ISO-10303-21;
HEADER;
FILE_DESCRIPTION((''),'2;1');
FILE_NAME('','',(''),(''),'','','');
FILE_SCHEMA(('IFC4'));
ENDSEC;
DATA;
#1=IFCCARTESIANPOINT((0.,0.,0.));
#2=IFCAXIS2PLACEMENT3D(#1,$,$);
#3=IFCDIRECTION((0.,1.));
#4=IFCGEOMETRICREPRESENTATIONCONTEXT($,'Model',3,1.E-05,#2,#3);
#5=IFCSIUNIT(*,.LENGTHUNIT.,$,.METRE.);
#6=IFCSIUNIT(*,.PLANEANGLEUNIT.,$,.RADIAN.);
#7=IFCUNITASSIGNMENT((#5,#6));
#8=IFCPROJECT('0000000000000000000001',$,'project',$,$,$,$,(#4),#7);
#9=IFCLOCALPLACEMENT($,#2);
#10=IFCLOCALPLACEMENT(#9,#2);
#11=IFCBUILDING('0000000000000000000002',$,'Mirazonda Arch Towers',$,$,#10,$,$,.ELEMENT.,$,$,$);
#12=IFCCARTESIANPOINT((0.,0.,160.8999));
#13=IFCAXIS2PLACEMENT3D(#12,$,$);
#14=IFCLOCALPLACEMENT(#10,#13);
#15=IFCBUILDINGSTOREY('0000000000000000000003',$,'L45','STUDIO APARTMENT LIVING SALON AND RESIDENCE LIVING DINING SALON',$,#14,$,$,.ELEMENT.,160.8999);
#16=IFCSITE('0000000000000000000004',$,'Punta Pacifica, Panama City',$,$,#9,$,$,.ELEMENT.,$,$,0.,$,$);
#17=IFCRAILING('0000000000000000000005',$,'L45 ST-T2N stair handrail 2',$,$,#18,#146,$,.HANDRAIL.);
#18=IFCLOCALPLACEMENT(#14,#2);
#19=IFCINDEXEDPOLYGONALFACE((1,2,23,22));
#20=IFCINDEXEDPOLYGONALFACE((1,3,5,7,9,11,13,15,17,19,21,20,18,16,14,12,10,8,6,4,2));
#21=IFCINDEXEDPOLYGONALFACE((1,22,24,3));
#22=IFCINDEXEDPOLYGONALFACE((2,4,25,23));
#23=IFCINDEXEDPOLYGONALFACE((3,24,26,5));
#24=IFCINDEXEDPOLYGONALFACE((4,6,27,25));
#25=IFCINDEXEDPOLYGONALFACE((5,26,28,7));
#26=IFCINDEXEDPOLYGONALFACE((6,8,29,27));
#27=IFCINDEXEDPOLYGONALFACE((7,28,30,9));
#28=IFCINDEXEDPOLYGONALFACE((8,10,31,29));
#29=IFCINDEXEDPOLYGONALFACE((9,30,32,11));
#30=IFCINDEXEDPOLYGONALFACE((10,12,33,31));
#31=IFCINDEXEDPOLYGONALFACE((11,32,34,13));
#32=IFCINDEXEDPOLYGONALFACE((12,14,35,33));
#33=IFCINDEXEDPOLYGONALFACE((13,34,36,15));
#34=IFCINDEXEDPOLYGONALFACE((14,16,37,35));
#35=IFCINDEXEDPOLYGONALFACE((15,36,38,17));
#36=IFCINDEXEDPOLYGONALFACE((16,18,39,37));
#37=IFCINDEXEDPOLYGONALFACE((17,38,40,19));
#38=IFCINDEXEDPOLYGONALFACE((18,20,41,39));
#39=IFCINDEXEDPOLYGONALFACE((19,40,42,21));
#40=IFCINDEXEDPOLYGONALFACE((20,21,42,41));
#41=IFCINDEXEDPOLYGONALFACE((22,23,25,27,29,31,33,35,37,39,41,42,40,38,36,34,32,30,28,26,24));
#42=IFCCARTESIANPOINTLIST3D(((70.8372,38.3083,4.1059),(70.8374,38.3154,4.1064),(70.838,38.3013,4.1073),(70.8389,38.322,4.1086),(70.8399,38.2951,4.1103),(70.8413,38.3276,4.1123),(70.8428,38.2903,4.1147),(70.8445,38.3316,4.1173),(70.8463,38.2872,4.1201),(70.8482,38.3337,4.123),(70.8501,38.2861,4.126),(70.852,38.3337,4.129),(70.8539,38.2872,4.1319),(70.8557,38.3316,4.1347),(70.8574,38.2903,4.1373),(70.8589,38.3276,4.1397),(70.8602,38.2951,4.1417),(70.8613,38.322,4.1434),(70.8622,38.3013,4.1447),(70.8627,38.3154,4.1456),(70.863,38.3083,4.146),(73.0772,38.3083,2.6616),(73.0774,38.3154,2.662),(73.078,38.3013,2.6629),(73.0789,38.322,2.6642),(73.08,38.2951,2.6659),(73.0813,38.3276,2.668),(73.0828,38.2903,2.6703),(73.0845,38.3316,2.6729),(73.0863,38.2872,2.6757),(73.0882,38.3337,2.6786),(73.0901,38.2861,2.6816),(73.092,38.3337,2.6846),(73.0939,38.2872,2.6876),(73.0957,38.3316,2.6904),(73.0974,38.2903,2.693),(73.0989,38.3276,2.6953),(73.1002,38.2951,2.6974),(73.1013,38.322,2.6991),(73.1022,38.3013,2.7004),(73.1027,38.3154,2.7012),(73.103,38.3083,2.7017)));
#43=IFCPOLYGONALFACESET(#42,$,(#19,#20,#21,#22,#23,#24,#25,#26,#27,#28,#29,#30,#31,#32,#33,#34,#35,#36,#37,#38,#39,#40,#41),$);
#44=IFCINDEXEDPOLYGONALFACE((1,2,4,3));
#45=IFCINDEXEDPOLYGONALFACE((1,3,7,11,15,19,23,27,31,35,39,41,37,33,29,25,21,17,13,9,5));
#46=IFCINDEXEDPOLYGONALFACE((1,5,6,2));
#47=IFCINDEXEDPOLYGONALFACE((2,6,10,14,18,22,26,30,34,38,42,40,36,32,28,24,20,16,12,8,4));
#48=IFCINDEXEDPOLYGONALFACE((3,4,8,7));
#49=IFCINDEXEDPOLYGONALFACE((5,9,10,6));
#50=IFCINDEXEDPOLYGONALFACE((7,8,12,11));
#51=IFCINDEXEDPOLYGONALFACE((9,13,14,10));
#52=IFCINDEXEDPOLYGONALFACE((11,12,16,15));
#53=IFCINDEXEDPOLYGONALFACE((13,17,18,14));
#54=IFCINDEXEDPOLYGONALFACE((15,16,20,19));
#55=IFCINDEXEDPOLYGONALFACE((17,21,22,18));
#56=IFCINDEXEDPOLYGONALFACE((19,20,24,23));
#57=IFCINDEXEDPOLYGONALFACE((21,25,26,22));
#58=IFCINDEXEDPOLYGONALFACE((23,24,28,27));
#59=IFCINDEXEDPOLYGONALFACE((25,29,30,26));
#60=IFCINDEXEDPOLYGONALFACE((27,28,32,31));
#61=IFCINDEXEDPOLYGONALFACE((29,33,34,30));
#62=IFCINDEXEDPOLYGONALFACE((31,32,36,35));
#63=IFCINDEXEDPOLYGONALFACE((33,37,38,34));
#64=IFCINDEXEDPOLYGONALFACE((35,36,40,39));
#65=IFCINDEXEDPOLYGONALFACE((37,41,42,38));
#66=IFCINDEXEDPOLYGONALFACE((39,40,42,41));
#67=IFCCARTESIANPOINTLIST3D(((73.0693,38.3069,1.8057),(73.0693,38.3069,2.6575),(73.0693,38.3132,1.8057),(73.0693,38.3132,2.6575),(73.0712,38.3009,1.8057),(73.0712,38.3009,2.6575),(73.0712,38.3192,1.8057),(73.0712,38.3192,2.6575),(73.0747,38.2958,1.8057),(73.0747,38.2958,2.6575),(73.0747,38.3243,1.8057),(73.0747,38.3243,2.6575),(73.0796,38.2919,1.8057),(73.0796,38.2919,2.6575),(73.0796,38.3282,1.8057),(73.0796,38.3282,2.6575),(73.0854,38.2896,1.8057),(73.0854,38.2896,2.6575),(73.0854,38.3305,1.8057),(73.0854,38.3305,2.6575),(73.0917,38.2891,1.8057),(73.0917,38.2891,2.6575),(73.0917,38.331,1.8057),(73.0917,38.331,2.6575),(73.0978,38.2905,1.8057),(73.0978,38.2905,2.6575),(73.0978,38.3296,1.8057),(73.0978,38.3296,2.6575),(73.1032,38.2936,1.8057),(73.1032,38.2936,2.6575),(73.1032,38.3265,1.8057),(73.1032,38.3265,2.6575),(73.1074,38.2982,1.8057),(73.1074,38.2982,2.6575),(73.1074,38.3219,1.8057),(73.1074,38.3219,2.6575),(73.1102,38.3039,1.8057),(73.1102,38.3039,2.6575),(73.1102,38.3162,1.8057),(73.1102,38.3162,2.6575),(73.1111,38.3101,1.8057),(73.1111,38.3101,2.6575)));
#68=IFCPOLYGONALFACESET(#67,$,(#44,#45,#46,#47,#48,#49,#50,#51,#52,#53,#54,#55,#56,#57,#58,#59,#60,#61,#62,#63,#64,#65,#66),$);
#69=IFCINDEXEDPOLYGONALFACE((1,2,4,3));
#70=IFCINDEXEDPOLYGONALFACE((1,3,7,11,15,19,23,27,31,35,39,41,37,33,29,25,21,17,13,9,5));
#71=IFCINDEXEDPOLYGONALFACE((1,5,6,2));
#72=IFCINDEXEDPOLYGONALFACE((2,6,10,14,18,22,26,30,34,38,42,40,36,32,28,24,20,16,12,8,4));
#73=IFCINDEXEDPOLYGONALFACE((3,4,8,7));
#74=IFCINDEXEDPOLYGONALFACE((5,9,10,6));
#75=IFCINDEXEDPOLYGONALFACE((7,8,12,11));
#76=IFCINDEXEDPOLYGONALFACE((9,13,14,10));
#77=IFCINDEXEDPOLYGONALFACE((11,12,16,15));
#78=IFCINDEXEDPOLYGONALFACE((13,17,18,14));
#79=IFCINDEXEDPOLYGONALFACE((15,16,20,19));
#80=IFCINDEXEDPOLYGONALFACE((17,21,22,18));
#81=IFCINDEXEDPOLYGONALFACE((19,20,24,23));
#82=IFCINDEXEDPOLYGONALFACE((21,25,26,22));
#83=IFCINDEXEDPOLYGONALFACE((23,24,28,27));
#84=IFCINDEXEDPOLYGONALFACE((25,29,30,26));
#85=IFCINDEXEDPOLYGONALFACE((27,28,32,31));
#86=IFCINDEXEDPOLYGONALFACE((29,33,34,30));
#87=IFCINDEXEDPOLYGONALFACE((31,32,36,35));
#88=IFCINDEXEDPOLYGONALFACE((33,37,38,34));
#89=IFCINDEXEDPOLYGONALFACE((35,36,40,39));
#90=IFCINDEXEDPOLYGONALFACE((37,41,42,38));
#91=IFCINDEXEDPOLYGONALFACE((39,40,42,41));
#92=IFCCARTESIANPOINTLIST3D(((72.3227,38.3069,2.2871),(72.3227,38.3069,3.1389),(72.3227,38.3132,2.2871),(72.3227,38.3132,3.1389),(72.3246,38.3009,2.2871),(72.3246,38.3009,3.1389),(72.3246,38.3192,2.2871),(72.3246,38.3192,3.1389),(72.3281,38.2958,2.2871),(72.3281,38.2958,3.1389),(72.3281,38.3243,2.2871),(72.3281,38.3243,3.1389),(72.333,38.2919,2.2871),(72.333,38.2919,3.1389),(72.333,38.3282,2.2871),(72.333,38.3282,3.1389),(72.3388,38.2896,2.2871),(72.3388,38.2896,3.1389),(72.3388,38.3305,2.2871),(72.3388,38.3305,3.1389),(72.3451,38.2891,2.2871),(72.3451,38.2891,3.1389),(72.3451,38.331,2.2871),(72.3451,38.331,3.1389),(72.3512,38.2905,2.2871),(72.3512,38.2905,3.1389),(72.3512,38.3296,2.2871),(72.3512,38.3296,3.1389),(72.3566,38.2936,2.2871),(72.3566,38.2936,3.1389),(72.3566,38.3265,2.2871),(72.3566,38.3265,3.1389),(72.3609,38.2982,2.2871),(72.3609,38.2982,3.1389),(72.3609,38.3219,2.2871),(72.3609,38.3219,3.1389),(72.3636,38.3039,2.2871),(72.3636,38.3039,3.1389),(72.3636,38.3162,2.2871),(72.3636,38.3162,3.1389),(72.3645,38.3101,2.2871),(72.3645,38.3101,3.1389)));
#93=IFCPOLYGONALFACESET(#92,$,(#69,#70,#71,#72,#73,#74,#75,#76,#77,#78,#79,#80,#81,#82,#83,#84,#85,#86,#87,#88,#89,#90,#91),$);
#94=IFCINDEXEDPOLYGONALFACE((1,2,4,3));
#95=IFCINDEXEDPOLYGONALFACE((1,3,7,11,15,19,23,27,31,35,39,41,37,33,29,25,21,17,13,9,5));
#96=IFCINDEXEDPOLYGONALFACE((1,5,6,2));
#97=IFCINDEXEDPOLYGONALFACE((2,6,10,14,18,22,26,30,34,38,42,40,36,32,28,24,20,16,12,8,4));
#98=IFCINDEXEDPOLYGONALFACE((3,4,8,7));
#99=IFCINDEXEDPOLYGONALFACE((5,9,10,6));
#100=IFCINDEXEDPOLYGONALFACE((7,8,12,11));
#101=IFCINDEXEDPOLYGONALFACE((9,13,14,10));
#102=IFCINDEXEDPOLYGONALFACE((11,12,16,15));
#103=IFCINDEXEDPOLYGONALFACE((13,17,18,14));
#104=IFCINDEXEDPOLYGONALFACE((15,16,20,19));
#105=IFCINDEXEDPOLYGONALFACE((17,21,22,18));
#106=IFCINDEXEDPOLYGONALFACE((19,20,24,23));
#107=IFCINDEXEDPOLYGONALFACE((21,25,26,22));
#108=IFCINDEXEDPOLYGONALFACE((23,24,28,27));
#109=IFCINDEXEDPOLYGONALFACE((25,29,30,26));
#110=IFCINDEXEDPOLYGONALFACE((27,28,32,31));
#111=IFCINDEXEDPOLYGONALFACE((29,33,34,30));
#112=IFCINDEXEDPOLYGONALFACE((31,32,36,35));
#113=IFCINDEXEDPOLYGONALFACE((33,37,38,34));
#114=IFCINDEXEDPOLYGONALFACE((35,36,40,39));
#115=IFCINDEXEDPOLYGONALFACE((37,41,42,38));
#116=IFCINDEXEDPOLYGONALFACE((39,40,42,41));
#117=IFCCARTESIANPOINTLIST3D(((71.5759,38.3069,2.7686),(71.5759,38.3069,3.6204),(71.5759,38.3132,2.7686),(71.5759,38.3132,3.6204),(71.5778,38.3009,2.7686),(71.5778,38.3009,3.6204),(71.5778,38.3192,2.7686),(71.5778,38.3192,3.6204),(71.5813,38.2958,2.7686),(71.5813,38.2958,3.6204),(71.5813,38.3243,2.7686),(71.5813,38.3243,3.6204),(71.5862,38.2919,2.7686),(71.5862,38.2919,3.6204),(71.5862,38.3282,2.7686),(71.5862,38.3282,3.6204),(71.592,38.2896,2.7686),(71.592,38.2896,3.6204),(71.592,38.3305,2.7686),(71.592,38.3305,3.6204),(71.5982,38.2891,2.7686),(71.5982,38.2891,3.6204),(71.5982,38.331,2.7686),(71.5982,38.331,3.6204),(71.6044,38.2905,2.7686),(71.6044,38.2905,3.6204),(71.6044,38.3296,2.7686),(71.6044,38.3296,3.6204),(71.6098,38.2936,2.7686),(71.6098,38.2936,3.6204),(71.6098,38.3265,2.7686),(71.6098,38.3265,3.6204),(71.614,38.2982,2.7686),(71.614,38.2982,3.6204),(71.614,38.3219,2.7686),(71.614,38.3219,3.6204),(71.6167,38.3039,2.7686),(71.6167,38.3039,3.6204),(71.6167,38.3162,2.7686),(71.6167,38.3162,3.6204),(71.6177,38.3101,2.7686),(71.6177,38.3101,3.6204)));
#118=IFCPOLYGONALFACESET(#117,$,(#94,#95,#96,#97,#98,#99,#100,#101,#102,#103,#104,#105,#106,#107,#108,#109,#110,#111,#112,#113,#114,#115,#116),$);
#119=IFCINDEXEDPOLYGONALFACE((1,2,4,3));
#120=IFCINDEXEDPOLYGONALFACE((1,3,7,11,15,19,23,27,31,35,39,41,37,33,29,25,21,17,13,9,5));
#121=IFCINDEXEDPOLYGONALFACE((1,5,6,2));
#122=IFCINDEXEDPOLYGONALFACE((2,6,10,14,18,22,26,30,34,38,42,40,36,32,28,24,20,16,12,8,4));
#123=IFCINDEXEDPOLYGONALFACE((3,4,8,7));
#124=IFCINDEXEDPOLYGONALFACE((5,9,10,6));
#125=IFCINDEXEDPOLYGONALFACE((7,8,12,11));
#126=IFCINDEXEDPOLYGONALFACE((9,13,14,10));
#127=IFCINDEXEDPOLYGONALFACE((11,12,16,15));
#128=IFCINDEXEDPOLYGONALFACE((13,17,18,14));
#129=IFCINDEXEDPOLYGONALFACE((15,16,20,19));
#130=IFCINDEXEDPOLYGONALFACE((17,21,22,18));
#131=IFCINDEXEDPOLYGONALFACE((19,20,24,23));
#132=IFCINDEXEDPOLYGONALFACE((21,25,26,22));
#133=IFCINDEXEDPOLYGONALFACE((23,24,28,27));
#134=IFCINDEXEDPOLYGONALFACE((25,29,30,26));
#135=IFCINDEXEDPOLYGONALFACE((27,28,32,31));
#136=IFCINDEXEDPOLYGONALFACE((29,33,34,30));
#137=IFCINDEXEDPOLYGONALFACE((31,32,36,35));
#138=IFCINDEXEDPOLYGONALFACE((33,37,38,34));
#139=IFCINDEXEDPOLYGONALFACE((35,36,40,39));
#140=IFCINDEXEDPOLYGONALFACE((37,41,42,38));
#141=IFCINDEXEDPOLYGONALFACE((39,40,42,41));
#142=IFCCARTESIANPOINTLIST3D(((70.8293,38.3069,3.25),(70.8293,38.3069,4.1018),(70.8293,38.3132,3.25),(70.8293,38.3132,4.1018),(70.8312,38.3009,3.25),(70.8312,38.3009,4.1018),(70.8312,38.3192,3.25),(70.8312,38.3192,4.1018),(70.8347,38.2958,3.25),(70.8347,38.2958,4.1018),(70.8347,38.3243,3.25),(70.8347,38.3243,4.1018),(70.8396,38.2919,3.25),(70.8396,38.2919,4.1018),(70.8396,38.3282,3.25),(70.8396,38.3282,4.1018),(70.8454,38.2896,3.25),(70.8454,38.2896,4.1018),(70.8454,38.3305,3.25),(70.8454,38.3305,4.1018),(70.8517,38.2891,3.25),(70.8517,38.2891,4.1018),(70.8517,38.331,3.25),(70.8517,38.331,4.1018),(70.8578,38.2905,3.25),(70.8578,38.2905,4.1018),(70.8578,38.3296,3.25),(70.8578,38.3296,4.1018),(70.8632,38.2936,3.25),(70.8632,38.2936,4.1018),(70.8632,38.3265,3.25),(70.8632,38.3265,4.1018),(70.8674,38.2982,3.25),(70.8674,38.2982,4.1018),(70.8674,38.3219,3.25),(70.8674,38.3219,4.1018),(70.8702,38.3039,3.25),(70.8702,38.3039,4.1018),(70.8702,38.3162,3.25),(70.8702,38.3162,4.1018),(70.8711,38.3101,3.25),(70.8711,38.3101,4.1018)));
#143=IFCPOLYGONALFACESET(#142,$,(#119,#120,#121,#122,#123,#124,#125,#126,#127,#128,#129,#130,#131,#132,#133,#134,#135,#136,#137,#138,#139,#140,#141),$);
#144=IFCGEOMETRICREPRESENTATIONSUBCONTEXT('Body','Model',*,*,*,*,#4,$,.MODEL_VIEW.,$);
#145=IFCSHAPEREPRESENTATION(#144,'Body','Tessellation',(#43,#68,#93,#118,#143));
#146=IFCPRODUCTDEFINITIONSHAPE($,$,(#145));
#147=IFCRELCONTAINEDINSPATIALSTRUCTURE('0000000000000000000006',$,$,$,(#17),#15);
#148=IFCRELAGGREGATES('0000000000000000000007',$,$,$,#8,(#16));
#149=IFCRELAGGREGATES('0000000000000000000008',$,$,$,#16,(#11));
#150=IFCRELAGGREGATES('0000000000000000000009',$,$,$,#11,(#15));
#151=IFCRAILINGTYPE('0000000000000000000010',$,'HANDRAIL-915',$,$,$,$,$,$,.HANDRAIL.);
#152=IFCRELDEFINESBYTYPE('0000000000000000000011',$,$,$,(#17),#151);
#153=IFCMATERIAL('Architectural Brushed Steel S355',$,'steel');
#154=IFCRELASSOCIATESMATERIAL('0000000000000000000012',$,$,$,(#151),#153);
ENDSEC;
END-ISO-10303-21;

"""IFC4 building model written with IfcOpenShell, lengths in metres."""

from ifc_helpers import new_model, si_unit, direction, frame, origin, origin_2d, place, context, subcontext, project, spatial, circle, extrude, material, type_object, element, save


model = new_model("IFC4")

# Units and contexts
model_context = context("Model", 3, precision=1e-05, world=origin(), true_north=direction((0.0, 1.0)))
body_context = subcontext(model_context, "Body", "Model", "MODEL_VIEW")
ifc_project = project(units=[si_unit("LENGTHUNIT", "METRE"), si_unit("PLANEANGLEUNIT", "RADIAN")], contexts=[model_context])

# Site, building, storey
site_placement = place(None, origin())
site = spatial("IfcSite", under=ifc_project, at=site_placement, Name="Punta Pacifica, Panama City", CompositionType="ELEMENT", RefElevation=0.0)
building_placement = place(site_placement, origin())
building = spatial("IfcBuilding", under=site, at=building_placement, Name="Mirazonda Arch Towers", CompositionType="ELEMENT")
storey_placement = place(building_placement, frame((0.0, 0.0, 160.8999)))
storey = spatial("IfcBuildingStorey", under=building, at=storey_placement, Name="L45", Description="STUDIO APARTMENT LIVING SALON AND RESIDENCE LIVING DINING SALON", CompositionType="ELEMENT", Elevation=160.8999)

# Shared definitions
ifc_material_1 = material(Name="Architectural Brushed Steel S355", Category="steel")

# Railing
railing_type_1 = type_object("IfcRailingType", Name="HANDRAIL-915", PredefinedType="HANDRAIL", material=ifc_material_1)
railing_1_placement = place(storey_placement, frame((73.0901, 38.3101, 1.8057)))
element("IfcRailing", 1, at=railing_1_placement, inside=storey, type_object=railing_type_1, Name="L45 ST-T2N stair handrail 2", PredefinedType="HANDRAIL", context=body_context, shape_type="SweptSolid", body=[
    extrude(circle(Radius=0.0239, at=origin_2d()), frame((0.0, 0.0, 0.876), z_axis=(-0.840437, 0.0, 0.54191), x_axis=(0.0, -1.0, 0.0)), (0.0, 0.0, 1.0), 2.6653),
    extrude(circle(Radius=0.021, at=origin_2d()), origin(), (0.0, 0.0, 1.0), 0.8518),
    extrude(circle(Radius=0.021, at=origin_2d()), frame((-0.7466, 0.0, 0.4814)), (0.0, 0.0, 1.0), 0.8518),
    extrude(circle(Radius=0.021, at=origin_2d()), frame((-1.4934, 0.0, 0.9629)), (0.0, 0.0, 1.0), 0.8518),
    extrude(circle(Radius=0.021, at=origin_2d()), frame((-2.24, 0.0, 1.4443)), (0.0, 0.0, 1.0), 0.8518),
])

save(model, "model.ifc")
